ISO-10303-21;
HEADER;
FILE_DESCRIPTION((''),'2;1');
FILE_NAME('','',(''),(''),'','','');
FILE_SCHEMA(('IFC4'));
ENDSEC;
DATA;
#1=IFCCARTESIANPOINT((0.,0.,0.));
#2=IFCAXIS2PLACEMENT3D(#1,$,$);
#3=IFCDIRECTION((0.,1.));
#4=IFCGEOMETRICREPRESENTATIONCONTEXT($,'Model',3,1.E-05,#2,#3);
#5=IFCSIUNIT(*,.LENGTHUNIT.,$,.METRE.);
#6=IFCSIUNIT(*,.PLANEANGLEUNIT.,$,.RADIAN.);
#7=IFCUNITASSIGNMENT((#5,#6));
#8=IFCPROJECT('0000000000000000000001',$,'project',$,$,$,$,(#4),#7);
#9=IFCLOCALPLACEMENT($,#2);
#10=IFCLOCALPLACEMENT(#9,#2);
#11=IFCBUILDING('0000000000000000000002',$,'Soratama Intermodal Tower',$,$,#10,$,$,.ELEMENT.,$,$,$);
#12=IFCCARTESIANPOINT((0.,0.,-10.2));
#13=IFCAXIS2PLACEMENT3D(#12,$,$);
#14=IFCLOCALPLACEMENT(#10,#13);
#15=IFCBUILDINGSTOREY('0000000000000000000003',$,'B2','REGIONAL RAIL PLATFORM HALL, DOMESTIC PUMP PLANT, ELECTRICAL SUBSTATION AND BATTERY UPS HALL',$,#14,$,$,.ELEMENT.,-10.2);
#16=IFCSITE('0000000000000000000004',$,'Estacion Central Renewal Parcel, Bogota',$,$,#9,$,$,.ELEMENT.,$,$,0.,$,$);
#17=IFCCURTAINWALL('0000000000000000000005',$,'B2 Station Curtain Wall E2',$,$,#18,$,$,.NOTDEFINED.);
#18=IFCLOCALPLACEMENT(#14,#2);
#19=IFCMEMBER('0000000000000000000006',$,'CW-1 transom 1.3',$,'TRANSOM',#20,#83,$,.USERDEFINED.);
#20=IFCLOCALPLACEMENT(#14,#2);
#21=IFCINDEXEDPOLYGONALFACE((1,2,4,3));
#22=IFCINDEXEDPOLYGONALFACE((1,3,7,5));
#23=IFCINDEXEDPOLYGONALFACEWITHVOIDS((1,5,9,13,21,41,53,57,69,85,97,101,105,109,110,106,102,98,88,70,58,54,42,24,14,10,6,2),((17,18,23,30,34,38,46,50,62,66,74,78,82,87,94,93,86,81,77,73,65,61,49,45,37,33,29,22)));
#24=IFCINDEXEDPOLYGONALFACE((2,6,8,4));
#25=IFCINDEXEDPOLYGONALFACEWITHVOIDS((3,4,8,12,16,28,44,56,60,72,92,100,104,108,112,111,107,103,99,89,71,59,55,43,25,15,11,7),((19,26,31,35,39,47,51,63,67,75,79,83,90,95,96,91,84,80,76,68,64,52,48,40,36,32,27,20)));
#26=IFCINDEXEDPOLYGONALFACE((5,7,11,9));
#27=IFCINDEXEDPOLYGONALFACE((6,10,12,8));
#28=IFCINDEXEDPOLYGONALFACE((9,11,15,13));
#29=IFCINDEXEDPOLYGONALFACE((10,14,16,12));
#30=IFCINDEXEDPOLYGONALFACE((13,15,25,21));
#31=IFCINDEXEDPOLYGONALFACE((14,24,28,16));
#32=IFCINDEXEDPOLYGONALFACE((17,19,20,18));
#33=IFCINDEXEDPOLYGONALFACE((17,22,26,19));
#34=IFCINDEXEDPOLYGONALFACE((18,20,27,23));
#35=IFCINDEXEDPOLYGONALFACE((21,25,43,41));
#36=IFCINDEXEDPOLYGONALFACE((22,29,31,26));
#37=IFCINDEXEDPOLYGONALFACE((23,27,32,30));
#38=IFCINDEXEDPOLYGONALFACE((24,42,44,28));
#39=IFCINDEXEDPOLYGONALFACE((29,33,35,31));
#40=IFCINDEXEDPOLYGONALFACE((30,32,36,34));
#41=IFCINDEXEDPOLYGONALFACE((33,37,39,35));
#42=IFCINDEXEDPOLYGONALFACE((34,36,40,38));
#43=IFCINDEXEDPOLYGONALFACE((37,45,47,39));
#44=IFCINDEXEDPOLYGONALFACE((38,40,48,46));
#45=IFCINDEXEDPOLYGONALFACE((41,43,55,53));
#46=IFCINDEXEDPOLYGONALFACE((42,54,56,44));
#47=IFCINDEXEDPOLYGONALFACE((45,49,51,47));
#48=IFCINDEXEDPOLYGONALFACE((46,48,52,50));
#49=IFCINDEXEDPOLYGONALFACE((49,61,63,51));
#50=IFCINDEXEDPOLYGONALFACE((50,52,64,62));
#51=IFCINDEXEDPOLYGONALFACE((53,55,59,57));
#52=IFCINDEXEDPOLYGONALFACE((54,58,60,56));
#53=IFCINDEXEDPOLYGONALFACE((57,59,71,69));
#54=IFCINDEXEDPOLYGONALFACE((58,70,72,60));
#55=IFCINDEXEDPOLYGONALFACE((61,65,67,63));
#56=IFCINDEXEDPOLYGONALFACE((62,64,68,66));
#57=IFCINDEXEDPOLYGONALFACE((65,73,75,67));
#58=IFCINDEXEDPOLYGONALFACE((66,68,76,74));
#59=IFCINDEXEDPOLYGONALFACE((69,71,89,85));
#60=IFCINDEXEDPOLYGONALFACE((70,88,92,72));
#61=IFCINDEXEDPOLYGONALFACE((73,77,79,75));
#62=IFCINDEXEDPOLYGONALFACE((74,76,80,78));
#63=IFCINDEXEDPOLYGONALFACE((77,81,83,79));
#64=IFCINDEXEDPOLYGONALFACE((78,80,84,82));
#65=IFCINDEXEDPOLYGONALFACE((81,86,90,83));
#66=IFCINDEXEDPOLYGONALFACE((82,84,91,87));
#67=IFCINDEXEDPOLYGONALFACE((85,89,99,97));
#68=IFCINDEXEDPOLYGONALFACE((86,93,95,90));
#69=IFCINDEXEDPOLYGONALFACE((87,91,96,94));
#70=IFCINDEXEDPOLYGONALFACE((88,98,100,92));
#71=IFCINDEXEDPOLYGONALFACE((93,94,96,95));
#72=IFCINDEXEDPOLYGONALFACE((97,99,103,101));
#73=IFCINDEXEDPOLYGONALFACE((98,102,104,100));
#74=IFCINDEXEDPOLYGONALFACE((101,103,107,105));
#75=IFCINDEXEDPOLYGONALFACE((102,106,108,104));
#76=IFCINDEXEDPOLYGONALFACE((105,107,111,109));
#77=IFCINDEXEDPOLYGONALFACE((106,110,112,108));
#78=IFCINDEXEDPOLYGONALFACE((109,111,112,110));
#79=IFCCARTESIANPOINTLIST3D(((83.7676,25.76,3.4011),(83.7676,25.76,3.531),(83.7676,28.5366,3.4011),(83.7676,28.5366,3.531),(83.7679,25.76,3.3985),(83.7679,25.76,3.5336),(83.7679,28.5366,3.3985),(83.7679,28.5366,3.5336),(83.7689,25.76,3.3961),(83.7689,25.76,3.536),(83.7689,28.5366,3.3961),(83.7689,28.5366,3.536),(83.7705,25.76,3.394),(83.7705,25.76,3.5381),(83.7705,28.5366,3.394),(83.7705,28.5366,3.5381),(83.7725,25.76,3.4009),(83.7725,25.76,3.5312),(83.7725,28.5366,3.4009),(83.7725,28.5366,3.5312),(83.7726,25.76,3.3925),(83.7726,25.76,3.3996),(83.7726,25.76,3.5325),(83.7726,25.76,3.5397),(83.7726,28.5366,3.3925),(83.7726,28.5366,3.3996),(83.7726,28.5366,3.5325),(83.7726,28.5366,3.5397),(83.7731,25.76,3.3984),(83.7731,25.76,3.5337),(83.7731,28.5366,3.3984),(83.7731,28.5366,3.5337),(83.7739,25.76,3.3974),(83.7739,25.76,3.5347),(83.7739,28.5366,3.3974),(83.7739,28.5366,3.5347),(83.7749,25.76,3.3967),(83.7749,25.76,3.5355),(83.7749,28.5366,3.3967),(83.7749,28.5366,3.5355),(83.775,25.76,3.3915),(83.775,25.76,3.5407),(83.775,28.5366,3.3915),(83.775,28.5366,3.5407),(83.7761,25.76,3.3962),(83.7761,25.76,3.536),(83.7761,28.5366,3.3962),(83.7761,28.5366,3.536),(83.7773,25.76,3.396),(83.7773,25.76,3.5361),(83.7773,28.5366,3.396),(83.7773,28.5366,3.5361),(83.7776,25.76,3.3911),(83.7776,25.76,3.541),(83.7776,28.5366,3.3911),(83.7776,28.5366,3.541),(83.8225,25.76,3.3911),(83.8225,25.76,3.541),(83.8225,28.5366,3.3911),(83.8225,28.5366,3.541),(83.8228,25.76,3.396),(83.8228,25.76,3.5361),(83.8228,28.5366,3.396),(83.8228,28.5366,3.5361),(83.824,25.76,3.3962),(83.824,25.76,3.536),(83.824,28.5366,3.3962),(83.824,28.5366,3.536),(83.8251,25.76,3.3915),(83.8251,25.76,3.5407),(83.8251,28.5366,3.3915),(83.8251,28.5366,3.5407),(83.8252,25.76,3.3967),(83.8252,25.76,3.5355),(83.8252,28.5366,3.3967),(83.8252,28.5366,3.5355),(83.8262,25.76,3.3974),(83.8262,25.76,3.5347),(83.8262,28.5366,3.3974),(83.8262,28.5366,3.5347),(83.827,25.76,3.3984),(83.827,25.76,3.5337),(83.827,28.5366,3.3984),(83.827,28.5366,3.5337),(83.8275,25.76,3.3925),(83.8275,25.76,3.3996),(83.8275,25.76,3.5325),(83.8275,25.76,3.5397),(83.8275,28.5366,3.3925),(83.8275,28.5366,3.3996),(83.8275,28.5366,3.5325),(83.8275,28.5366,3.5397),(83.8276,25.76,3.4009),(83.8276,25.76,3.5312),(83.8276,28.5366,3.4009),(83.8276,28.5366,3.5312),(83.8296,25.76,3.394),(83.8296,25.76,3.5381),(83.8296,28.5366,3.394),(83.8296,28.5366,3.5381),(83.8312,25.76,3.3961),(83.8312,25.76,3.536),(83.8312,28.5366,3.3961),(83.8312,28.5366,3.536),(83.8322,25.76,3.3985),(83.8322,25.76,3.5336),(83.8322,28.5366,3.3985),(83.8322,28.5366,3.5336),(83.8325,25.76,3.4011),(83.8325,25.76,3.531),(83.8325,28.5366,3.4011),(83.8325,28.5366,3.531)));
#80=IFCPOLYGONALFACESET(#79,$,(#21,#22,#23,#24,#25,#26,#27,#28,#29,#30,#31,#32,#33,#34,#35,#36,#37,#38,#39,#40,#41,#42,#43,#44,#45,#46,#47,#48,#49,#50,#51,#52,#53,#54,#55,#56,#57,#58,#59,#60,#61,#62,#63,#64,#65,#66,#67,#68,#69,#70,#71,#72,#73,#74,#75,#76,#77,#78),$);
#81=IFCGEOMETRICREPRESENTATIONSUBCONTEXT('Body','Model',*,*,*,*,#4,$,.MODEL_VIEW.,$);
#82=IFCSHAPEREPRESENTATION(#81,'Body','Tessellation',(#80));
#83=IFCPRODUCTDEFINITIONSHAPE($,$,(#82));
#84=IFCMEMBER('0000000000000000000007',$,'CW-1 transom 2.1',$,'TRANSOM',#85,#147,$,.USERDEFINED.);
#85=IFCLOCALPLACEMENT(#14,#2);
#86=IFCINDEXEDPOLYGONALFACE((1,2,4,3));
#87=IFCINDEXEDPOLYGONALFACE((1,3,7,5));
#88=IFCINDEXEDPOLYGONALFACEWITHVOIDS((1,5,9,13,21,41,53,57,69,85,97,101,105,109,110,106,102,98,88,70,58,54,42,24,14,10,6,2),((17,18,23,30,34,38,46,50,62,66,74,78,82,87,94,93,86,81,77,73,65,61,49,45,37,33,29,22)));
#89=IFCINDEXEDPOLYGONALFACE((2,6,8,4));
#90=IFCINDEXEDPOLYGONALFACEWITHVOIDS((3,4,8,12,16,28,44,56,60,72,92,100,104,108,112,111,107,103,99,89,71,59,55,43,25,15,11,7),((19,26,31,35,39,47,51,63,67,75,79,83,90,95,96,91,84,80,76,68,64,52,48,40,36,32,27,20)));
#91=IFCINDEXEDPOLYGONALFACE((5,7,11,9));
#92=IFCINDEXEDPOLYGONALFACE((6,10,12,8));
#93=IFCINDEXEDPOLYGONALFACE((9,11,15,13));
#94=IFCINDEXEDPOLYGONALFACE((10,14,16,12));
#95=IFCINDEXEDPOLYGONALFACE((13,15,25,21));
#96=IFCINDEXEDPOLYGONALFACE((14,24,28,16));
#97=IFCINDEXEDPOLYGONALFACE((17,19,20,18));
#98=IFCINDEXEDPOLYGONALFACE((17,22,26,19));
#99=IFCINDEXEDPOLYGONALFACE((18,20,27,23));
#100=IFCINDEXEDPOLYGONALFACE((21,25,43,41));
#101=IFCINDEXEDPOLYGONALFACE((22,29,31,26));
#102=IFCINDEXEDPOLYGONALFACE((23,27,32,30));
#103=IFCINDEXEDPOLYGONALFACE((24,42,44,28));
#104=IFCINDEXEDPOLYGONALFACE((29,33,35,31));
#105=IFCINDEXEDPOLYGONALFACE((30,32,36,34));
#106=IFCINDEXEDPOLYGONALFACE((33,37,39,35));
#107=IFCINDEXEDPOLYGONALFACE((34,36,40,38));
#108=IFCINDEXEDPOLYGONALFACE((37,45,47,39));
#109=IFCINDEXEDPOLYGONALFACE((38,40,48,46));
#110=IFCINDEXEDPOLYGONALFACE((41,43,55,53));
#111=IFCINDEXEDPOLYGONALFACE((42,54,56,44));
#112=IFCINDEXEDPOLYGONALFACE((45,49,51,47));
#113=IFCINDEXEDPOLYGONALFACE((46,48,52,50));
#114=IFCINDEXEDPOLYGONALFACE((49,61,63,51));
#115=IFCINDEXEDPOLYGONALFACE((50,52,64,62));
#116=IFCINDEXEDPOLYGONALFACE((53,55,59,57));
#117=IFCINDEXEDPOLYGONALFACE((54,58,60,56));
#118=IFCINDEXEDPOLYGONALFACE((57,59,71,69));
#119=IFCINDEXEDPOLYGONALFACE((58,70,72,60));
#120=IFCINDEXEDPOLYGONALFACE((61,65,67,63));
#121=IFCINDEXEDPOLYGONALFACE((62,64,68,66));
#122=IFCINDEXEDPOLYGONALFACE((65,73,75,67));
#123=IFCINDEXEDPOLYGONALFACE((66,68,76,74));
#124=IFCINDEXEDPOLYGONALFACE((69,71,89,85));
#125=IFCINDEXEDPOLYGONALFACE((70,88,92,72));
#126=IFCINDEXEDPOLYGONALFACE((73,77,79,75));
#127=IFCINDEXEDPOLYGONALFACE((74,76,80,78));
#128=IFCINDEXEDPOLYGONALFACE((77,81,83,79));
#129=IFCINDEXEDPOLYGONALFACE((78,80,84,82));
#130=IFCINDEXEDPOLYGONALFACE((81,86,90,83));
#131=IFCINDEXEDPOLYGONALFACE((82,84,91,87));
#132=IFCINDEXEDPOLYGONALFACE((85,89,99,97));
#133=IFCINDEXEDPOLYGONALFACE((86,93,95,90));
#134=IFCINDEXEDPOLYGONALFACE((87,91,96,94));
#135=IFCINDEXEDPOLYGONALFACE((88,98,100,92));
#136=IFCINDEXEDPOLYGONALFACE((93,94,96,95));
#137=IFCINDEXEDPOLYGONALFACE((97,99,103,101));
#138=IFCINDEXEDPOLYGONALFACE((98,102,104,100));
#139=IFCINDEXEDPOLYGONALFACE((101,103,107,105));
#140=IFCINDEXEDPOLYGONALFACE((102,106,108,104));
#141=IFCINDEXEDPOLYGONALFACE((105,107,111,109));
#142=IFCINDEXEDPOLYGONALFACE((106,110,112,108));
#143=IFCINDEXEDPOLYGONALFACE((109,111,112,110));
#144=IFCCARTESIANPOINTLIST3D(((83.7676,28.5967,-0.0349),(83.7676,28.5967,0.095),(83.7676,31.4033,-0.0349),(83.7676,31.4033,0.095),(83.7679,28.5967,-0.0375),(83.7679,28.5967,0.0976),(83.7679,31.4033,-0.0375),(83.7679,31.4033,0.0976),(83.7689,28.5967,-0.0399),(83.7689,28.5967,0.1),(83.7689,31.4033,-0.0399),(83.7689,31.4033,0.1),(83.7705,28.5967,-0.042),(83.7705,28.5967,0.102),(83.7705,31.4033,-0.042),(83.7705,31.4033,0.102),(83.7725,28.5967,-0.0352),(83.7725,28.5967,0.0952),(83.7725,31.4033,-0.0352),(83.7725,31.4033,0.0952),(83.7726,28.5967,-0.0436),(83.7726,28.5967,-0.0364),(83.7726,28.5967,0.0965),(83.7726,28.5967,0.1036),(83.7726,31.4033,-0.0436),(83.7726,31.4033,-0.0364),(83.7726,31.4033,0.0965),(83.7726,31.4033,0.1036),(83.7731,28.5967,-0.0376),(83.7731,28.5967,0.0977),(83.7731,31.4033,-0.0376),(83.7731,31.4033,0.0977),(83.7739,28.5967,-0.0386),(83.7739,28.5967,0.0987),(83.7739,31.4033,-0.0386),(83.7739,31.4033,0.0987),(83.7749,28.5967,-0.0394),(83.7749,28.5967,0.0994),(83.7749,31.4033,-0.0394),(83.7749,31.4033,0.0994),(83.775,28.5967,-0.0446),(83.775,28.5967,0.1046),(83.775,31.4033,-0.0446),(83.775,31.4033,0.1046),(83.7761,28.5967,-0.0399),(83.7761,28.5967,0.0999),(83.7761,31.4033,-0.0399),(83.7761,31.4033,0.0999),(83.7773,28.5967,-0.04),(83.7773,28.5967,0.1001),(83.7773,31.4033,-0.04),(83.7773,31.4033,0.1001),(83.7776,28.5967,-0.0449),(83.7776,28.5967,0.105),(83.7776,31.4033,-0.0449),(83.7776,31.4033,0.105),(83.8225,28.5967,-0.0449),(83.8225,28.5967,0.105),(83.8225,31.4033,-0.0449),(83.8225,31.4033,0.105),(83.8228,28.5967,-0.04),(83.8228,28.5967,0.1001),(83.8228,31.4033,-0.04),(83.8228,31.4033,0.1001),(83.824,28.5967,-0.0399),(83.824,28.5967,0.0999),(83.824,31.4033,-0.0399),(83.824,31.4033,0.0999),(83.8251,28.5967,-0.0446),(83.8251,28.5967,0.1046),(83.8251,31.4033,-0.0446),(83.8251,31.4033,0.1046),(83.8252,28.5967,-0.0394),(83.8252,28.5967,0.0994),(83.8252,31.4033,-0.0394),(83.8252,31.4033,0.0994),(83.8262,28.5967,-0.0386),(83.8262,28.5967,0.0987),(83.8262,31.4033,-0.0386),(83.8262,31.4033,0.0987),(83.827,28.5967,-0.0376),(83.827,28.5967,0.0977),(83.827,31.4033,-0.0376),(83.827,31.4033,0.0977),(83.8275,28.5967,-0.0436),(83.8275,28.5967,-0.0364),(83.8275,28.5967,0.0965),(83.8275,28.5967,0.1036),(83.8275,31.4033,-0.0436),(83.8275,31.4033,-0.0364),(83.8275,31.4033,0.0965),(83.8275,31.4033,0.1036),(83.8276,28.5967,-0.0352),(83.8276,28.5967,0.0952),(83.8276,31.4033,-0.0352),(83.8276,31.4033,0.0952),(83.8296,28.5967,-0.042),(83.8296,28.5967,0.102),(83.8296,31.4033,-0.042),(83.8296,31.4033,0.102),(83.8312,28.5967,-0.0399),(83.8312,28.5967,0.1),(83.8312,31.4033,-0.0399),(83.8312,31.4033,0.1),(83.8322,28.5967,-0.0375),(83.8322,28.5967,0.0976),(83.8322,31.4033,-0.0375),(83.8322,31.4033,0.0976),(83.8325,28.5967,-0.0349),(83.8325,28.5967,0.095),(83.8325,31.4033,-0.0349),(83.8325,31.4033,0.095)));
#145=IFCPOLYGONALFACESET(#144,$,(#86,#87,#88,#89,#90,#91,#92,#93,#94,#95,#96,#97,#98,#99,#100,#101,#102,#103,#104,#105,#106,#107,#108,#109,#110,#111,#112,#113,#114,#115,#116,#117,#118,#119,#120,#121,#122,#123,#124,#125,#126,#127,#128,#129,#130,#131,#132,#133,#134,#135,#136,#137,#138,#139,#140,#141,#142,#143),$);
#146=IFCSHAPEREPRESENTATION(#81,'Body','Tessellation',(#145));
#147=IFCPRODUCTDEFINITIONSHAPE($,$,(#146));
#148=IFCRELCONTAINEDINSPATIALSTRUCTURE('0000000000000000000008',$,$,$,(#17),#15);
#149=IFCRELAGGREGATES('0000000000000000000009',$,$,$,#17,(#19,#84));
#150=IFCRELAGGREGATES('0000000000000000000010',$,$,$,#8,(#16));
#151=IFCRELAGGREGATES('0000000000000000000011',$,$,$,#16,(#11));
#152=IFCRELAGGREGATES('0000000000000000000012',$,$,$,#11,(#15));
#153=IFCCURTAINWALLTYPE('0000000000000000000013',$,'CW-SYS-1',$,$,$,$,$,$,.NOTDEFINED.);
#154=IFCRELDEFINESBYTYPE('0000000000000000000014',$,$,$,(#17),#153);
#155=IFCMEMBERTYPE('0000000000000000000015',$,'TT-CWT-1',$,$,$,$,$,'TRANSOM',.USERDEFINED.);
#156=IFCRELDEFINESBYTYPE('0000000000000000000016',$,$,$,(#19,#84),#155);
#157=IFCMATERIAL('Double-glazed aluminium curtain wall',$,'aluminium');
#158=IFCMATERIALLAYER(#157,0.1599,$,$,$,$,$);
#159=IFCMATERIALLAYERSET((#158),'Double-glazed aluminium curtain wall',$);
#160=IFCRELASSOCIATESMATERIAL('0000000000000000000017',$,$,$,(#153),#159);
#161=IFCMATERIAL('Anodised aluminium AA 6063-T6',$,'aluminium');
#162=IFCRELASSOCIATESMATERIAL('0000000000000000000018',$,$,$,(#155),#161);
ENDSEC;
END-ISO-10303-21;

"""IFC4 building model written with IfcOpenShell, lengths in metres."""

from ifc_helpers import new_model, si_unit, direction, frame, origin, origin_2d, place, context, subcontext, project, spatial, hollow_rectangle, extrude, material, layer, layer_set, material_profile, profile_set, type_object, element, aggregate, save


model = new_model("IFC4")

# Units and contexts
model_context = context("Model", 3, precision=1e-05, world=origin(), true_north=direction((0.0, 1.0)))
body_context = subcontext(model_context, "Body", "Model", "MODEL_VIEW")
ifc_project = project(units=[si_unit("LENGTHUNIT", "METRE"), si_unit("PLANEANGLEUNIT", "RADIAN")], contexts=[model_context])

# Site, building, storey
site_placement = place(None, origin())
site = spatial("IfcSite", under=ifc_project, at=site_placement, Name="Estacion Central Renewal Parcel, Bogota", CompositionType="ELEMENT", RefElevation=0.0)
building_placement = place(site_placement, origin())
building = spatial("IfcBuilding", under=site, at=building_placement, Name="Soratama Intermodal Tower", CompositionType="ELEMENT")
storey_placement = place(building_placement, frame((0.0, 0.0, -10.2)))
storey = spatial("IfcBuildingStorey", under=building, at=storey_placement, Name="B2", Description="REGIONAL RAIL PLATFORM HALL, DOMESTIC PUMP PLANT, ELECTRICAL SUBSTATION AND BATTERY UPS HALL", CompositionType="ELEMENT", Elevation=-10.2)

# Curtain wall, members
ifc_material_1 = material(Name="Double-glazed aluminium curtain wall", Category="aluminium")
ifc_layer_1 = layer(ifc_material_1, 0.1599)
ifc_layer_set_1 = layer_set([ifc_layer_1], Name="Double-glazed aluminium curtain wall")
curtain_wall_type = type_object("IfcCurtainWallType", Name="CW-SYS-1", PredefinedType="NOTDEFINED", material=ifc_layer_set_1)
curtain_wall_placement = place(storey_placement, origin())
curtain_wall = element("IfcCurtainWall", 1, at=curtain_wall_placement, inside=storey, type_object=curtain_wall_type, Name="B2 Station Curtain Wall E2", PredefinedType="NOTDEFINED")
ifc_material_2 = material(Name="Anodised aluminium AA 6063-T6", Category="aluminium")
ifc_material_profile_1 = material_profile(ifc_material_2, hollow_rectangle(XDim=0.0649, YDim=0.1499, WallThickness=0.0049, InnerFilletRadius=0.0049, OuterFilletRadius=0.01, at=origin_2d()), Name="CWT150X65X5")
ifc_profile_set_1 = profile_set([ifc_material_profile_1], Name="Anodised aluminium AA 6063-T6")
member_type_1 = type_object("IfcMemberType", Name="TT-CWT-1", ElementType="TRANSOM", PredefinedType="USERDEFINED", material=ifc_profile_set_1)
member_1_placement = place(storey_placement, frame((83.8, 25.76, 3.4661), z_axis=(0.0, 1.0, 0.0), x_axis=(-1.0, 0.0, 0.0)))
member_1 = element("IfcMember", 2, at=member_1_placement, type_object=member_type_1, Name="CW-1 transom 1.3", ObjectType="TRANSOM", PredefinedType="USERDEFINED", context=body_context, shape_type="SweptSolid", body=[
    extrude(hollow_rectangle(XDim=0.0649, YDim=0.1499, WallThickness=0.0049, InnerFilletRadius=0.0049, OuterFilletRadius=0.01, at=origin_2d()), origin(), (0.0, 0.0, 1.0), 2.7766),
])
member_2_placement = place(storey_placement, frame((83.8, 28.5967, 0.03), z_axis=(0.0, 1.0, 0.0), x_axis=(-1.0, 0.0, 0.0)))
member_2 = element("IfcMember", 3, at=member_2_placement, type_object=member_type_1, Name="CW-1 transom 2.1", ObjectType="TRANSOM", PredefinedType="USERDEFINED", context=body_context, shape_type="SweptSolid", body=[
    extrude(hollow_rectangle(XDim=0.0649, YDim=0.1499, WallThickness=0.0049, InnerFilletRadius=0.0049, OuterFilletRadius=0.01, at=origin_2d()), origin(), (0.0, 0.0, 1.0), 2.8066),
])
aggregate(curtain_wall, [member_1, member_2])

save(model, "model.ifc")
